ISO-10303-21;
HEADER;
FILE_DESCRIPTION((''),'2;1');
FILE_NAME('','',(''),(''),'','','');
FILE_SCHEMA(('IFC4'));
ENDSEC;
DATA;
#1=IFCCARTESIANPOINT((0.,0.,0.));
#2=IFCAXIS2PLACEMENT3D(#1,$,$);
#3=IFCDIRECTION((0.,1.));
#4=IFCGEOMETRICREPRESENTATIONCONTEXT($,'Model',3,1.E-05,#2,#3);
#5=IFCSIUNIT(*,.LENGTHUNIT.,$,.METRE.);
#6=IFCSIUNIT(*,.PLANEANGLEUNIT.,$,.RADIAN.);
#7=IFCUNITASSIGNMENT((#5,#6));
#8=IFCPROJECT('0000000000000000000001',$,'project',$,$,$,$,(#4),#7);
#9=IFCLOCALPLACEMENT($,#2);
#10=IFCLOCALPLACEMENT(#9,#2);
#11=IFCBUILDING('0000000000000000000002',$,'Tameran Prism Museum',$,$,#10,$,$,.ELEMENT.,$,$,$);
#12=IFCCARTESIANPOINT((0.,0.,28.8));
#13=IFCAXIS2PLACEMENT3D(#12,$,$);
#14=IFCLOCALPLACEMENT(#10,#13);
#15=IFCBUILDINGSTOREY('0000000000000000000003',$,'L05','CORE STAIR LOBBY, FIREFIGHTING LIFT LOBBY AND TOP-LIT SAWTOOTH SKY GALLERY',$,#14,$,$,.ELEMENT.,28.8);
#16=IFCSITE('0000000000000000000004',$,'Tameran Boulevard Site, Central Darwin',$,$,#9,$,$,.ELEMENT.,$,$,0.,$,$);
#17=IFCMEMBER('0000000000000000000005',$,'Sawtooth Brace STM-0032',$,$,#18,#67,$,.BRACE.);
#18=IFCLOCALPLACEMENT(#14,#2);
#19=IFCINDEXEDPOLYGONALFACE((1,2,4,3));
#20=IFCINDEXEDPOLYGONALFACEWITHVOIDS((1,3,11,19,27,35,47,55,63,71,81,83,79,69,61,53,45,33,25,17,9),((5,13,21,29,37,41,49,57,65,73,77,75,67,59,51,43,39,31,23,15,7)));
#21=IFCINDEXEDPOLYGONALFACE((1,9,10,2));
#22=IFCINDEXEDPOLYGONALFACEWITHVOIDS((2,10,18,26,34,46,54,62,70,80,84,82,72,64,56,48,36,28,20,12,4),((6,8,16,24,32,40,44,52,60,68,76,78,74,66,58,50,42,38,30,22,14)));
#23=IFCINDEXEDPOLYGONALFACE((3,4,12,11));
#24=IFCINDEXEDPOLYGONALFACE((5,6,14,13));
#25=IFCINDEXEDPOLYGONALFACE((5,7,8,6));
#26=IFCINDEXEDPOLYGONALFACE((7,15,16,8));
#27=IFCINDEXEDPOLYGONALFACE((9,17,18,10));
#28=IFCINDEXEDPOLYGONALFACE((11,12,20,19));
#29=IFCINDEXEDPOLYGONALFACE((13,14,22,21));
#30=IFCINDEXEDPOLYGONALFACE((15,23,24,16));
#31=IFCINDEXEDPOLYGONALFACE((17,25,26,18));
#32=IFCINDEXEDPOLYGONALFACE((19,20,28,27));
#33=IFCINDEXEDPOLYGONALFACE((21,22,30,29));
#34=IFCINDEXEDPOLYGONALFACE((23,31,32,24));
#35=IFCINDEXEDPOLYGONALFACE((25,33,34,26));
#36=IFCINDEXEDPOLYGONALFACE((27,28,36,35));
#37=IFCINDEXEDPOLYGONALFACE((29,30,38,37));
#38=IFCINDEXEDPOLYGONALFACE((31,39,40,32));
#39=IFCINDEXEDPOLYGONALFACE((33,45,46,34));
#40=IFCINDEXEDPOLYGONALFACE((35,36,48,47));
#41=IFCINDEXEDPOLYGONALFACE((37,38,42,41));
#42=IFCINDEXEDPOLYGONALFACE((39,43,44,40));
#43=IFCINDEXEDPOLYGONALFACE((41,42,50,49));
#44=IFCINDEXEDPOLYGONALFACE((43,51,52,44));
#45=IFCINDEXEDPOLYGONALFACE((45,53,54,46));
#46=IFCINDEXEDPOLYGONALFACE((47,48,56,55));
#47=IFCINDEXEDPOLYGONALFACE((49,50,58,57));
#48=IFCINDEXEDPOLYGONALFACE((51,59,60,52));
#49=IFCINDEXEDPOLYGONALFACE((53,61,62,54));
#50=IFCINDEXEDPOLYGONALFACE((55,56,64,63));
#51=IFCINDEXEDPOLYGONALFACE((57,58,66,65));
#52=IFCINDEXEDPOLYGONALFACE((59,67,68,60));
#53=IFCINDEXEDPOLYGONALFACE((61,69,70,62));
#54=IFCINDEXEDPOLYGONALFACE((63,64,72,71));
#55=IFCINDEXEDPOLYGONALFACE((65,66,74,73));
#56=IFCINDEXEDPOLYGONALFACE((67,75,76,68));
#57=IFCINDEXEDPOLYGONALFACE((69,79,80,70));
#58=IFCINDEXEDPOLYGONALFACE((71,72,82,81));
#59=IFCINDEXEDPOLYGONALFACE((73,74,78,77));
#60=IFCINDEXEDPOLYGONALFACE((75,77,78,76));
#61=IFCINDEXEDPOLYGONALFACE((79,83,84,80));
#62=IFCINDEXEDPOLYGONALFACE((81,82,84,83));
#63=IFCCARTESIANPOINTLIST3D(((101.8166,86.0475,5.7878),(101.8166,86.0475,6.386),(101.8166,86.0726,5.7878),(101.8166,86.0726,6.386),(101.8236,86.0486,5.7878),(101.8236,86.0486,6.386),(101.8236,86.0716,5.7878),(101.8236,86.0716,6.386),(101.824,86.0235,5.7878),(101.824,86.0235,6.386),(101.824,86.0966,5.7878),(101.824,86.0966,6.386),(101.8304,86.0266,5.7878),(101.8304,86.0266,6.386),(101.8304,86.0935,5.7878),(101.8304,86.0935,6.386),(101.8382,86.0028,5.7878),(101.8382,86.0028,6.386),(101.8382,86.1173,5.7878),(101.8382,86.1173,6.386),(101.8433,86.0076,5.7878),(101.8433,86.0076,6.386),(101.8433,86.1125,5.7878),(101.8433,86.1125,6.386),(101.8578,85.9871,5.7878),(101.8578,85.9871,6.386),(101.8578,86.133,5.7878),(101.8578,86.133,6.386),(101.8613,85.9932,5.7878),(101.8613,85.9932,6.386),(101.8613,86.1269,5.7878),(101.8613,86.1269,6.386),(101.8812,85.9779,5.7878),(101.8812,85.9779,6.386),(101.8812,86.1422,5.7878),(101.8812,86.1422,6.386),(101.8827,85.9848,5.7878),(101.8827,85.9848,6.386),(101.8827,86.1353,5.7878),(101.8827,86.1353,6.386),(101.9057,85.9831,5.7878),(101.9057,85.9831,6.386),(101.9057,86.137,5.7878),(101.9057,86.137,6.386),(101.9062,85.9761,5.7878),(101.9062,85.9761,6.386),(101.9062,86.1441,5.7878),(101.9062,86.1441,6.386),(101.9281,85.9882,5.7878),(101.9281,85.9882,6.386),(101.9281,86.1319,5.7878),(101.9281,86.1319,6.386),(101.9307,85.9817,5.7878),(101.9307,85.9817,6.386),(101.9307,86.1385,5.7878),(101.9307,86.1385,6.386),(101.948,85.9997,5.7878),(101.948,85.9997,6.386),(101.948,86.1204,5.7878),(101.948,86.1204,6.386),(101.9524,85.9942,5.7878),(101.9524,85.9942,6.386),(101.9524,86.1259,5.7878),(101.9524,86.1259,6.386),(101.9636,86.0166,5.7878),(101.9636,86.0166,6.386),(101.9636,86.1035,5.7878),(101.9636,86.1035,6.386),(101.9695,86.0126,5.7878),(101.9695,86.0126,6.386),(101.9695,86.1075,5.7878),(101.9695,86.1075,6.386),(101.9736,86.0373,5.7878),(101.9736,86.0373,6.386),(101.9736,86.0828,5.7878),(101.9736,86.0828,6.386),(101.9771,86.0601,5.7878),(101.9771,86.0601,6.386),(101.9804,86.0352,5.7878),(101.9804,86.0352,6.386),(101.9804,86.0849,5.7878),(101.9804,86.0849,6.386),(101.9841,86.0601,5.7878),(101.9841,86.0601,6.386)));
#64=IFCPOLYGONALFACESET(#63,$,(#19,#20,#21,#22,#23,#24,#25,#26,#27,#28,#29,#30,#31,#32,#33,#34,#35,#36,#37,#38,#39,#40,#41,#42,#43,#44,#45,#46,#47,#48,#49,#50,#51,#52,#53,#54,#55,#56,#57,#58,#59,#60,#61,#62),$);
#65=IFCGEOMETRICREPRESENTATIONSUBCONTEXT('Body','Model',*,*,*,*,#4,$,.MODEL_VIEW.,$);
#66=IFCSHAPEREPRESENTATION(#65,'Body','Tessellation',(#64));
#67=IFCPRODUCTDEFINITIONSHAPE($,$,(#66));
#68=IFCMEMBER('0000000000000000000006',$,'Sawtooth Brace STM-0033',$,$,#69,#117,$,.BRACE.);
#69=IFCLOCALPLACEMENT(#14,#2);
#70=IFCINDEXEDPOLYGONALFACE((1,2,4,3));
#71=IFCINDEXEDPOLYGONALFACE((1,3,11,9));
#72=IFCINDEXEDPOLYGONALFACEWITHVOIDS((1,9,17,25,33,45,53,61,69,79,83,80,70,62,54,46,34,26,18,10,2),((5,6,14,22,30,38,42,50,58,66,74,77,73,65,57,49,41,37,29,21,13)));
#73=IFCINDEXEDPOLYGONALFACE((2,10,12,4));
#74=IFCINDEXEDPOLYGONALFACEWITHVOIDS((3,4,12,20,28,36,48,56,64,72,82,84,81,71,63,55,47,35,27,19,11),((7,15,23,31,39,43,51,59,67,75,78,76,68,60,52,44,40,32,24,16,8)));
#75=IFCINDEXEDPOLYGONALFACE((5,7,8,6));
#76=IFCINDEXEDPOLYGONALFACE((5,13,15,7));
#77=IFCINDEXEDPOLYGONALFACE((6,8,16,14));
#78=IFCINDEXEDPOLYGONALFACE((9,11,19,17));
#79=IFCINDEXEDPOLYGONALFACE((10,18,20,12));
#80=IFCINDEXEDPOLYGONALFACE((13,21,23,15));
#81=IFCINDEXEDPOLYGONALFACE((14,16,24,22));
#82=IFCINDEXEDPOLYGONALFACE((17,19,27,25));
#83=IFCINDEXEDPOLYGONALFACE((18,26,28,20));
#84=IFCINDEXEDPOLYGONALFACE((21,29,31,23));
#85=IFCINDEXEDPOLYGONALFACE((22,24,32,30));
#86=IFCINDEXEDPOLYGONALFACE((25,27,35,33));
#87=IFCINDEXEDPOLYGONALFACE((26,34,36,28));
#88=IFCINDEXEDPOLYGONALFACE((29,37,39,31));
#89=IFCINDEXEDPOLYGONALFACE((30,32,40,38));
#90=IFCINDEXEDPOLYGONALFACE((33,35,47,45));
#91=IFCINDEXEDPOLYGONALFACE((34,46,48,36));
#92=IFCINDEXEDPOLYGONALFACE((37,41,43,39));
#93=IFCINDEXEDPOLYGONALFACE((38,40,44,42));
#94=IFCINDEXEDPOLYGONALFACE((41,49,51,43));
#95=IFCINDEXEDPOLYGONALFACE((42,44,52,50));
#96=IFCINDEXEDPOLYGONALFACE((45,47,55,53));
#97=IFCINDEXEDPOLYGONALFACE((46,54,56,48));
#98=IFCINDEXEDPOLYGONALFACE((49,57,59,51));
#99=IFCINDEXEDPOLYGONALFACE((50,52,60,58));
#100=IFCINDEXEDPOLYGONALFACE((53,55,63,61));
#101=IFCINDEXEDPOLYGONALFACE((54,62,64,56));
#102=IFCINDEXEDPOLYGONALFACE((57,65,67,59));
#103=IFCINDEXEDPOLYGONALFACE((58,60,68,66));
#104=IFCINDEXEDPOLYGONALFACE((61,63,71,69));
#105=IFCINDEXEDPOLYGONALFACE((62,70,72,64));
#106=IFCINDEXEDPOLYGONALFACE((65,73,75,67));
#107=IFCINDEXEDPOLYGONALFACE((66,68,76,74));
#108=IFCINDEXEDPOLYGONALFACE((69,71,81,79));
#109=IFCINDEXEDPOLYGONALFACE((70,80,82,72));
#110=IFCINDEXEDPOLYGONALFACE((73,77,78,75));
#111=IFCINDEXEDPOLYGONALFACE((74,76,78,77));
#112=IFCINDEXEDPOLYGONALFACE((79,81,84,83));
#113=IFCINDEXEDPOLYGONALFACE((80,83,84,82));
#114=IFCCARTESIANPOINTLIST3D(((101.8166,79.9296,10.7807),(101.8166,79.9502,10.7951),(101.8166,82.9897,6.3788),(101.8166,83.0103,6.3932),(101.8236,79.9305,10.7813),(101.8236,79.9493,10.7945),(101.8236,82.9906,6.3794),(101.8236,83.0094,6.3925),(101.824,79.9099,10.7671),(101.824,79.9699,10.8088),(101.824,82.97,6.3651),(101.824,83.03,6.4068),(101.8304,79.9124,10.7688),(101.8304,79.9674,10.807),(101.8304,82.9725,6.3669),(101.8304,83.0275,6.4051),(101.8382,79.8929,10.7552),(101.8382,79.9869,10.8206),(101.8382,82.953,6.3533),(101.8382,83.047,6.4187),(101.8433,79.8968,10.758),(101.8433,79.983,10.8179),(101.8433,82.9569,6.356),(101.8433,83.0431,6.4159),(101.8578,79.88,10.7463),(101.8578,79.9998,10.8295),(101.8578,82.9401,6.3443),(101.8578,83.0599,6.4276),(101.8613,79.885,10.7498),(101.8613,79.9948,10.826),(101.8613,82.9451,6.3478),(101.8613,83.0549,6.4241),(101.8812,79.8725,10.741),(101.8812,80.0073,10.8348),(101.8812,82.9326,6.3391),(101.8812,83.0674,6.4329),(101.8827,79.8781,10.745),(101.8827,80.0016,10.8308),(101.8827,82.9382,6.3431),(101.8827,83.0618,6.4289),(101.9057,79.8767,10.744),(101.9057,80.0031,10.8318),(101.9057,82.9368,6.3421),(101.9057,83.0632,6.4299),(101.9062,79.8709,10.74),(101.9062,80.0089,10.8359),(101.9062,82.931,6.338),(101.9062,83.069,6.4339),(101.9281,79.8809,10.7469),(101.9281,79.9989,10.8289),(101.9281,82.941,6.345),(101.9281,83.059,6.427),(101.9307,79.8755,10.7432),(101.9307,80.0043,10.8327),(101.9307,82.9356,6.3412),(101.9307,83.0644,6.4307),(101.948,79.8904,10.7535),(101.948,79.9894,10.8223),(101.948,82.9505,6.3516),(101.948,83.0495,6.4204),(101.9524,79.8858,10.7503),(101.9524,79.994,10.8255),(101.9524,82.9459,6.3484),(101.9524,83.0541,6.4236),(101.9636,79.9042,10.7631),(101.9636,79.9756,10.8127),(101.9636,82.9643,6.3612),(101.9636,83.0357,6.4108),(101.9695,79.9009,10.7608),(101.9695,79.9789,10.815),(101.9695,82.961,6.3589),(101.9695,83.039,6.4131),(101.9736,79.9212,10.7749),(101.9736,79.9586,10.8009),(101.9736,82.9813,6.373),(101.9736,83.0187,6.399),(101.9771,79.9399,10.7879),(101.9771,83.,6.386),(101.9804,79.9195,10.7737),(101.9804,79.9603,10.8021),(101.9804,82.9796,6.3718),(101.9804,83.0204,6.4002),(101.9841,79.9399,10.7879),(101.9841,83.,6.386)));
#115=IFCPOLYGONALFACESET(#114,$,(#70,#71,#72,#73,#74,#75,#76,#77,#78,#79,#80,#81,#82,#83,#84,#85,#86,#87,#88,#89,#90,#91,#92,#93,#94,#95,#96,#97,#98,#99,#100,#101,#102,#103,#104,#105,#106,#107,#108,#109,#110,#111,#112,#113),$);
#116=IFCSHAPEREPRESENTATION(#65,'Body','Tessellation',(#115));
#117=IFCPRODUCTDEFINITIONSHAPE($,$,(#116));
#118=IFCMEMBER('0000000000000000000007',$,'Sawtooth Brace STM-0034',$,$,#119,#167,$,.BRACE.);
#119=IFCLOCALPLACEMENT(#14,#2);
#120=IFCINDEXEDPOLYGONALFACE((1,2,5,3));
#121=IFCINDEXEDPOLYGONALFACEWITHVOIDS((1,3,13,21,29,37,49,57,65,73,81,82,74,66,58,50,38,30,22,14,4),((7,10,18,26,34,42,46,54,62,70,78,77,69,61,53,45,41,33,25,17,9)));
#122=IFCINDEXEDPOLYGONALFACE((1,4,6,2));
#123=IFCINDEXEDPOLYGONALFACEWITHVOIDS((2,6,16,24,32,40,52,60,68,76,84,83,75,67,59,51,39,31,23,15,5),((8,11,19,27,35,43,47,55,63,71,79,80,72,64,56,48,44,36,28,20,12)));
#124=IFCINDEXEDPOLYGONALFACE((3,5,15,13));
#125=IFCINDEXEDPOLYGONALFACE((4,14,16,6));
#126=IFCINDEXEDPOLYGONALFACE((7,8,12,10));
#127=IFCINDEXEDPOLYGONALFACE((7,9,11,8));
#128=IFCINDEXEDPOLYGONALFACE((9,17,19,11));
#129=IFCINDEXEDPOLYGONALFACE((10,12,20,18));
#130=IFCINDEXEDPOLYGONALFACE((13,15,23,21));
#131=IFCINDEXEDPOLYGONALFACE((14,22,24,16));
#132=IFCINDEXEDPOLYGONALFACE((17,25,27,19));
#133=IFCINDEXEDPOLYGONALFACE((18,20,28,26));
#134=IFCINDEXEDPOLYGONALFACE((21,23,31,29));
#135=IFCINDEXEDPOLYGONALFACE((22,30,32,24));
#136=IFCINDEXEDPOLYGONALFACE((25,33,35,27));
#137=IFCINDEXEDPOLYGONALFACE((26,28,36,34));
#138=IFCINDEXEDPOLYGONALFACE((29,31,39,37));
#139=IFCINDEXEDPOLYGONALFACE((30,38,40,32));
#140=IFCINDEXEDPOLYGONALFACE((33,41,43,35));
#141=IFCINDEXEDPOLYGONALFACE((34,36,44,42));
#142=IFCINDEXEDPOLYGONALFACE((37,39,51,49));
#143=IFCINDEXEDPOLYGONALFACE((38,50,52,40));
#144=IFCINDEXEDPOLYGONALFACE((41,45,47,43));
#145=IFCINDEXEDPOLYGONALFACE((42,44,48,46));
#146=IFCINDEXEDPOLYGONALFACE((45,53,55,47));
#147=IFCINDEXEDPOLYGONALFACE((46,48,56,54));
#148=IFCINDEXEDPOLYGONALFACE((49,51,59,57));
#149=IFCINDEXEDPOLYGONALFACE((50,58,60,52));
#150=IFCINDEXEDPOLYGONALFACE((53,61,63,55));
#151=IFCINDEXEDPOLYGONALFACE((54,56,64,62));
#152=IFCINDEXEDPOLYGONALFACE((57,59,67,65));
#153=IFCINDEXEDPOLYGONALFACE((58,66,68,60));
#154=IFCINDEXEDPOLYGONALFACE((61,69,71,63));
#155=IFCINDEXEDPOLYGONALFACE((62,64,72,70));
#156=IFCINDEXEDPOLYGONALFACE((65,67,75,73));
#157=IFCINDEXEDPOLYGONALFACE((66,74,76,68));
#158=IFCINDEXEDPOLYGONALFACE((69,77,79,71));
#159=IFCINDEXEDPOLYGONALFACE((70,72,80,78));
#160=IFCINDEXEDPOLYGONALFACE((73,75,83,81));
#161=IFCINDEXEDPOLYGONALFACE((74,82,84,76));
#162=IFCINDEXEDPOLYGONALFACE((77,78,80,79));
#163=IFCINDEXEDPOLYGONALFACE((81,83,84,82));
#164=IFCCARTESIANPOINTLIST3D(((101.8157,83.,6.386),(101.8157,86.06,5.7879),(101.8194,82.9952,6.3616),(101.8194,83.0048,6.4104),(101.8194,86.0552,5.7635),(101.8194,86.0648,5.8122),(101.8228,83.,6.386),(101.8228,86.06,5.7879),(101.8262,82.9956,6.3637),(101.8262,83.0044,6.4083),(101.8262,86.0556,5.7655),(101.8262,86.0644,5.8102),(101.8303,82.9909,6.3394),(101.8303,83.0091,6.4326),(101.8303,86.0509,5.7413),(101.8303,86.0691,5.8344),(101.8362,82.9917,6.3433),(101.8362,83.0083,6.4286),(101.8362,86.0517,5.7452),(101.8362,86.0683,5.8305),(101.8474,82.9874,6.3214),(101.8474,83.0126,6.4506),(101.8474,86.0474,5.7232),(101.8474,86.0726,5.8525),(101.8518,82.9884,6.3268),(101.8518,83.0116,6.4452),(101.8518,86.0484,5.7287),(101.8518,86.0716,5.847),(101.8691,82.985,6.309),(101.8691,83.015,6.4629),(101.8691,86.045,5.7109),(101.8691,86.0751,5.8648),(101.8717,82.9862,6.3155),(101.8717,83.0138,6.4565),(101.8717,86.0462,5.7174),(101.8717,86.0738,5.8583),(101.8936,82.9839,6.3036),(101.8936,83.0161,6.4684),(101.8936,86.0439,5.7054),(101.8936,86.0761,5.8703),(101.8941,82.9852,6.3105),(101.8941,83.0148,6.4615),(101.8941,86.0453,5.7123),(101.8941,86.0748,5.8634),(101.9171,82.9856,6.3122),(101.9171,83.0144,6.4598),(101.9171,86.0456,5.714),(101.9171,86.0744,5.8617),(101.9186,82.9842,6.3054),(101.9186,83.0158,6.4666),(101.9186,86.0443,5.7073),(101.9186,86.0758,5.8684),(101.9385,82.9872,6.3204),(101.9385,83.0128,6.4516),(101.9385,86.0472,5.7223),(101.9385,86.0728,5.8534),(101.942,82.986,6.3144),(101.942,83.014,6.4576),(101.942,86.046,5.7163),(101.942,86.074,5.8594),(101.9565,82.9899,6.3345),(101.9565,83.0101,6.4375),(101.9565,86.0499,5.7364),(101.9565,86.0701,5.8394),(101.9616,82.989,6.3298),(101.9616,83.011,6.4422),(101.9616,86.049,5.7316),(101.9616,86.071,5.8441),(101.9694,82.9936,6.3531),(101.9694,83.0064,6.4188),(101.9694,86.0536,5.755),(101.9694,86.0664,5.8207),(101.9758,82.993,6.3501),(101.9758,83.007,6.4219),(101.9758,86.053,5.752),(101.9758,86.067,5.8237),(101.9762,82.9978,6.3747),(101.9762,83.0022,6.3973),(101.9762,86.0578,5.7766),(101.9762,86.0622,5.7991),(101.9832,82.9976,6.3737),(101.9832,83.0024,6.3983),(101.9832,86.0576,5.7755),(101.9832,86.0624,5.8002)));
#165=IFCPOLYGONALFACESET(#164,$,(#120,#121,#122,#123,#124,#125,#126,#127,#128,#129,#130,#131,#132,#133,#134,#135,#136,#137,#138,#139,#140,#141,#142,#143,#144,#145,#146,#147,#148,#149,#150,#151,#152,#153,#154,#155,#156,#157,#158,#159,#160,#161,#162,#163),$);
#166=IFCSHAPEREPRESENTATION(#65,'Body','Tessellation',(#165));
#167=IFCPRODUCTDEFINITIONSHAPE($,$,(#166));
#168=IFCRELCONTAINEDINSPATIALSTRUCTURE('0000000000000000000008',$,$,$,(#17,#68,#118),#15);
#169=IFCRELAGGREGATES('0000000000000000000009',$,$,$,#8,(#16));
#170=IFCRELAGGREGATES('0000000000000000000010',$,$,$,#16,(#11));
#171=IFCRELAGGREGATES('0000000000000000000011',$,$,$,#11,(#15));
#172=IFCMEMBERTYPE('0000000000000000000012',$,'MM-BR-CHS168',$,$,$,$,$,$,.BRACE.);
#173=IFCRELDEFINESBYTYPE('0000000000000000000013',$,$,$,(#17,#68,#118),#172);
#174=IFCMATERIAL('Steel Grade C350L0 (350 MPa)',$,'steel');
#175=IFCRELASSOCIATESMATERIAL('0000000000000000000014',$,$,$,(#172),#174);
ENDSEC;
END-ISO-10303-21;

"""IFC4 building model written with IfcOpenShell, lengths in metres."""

from ifc_helpers import new_model, si_unit, direction, frame, origin, origin_2d, place, context, subcontext, project, spatial, hollow_circle, extrude, material, material_profile, profile_set, type_object, element, save


model = new_model("IFC4")

# Units and contexts
model_context = context("Model", 3, precision=1e-05, world=origin(), true_north=direction((0.0, 1.0)))
body_context = subcontext(model_context, "Body", "Model", "MODEL_VIEW")
ifc_project = project(units=[si_unit("LENGTHUNIT", "METRE"), si_unit("PLANEANGLEUNIT", "RADIAN")], contexts=[model_context])

# Site, building, storey
site_placement = place(None, origin())
site = spatial("IfcSite", under=ifc_project, at=site_placement, Name="Tameran Boulevard Site, Central Darwin", CompositionType="ELEMENT", RefElevation=0.0)
building_placement = place(site_placement, origin())
building = spatial("IfcBuilding", under=site, at=building_placement, Name="Tameran Prism Museum", CompositionType="ELEMENT")
storey_placement = place(building_placement, frame((0.0, 0.0, 28.8)))
storey = spatial("IfcBuildingStorey", under=building, at=storey_placement, Name="L05", Description="CORE STAIR LOBBY, FIREFIGHTING LIFT LOBBY AND TOP-LIT SAWTOOTH SKY GALLERY", CompositionType="ELEMENT", Elevation=28.8)

# Members
ifc_material_1 = material(Name="Steel Grade C350L0 (350 MPa)", Category="steel")
ifc_material_profile_1 = material_profile(ifc_material_1, hollow_circle(Radius=0.0842, WallThickness=0.0071, at=origin_2d()))
ifc_profile_set_1 = profile_set([ifc_material_profile_1])
member_type_1 = type_object("IfcMemberType", Name="MM-BR-CHS168", PredefinedType="BRACE", material=ifc_profile_set_1)
member_1_placement = place(storey_placement, frame((101.8999, 86.0601, 6.386), z_axis=(0.0, 0.0, -1.0), x_axis=(1.0, 0.0, 0.0)))
element("IfcMember", 1, at=member_1_placement, inside=storey, type_object=member_type_1, Name="Sawtooth Brace STM-0032", PredefinedType="BRACE", context=body_context, shape_type="SweptSolid", body=[
    extrude(hollow_circle(Radius=0.0842, WallThickness=0.0071, at=origin_2d()), origin(), (0.0, 0.0, 1.0), 0.5981),
])
member_2_placement = place(storey_placement, frame((101.8999, 83.0, 6.386), z_axis=(0.0, -0.5708, 0.821089), x_axis=(1.0, 0.0, 0.0)))
element("IfcMember", 2, at=member_2_placement, inside=storey, type_object=member_type_1, Name="Sawtooth Brace STM-0033", PredefinedType="BRACE", context=body_context, shape_type="SweptSolid", body=[
    extrude(hollow_circle(Radius=0.0842, WallThickness=0.0071, at=origin_2d()), origin(), (0.0, 0.0, 1.0), 5.3611),
])
member_3_placement = place(storey_placement, frame((101.8999, 83.0, 6.386), z_axis=(0.0, 0.981427, -0.191838), x_axis=(-1.0, 0.0, 0.0)))
element("IfcMember", 3, at=member_3_placement, inside=storey, type_object=member_type_1, Name="Sawtooth Brace STM-0034", PredefinedType="BRACE", context=body_context, shape_type="SweptSolid", body=[
    extrude(hollow_circle(Radius=0.0842, WallThickness=0.0071, at=origin_2d()), origin(), (0.0, 0.0, 1.0), 3.1179),
])

save(model, "model.ifc")
